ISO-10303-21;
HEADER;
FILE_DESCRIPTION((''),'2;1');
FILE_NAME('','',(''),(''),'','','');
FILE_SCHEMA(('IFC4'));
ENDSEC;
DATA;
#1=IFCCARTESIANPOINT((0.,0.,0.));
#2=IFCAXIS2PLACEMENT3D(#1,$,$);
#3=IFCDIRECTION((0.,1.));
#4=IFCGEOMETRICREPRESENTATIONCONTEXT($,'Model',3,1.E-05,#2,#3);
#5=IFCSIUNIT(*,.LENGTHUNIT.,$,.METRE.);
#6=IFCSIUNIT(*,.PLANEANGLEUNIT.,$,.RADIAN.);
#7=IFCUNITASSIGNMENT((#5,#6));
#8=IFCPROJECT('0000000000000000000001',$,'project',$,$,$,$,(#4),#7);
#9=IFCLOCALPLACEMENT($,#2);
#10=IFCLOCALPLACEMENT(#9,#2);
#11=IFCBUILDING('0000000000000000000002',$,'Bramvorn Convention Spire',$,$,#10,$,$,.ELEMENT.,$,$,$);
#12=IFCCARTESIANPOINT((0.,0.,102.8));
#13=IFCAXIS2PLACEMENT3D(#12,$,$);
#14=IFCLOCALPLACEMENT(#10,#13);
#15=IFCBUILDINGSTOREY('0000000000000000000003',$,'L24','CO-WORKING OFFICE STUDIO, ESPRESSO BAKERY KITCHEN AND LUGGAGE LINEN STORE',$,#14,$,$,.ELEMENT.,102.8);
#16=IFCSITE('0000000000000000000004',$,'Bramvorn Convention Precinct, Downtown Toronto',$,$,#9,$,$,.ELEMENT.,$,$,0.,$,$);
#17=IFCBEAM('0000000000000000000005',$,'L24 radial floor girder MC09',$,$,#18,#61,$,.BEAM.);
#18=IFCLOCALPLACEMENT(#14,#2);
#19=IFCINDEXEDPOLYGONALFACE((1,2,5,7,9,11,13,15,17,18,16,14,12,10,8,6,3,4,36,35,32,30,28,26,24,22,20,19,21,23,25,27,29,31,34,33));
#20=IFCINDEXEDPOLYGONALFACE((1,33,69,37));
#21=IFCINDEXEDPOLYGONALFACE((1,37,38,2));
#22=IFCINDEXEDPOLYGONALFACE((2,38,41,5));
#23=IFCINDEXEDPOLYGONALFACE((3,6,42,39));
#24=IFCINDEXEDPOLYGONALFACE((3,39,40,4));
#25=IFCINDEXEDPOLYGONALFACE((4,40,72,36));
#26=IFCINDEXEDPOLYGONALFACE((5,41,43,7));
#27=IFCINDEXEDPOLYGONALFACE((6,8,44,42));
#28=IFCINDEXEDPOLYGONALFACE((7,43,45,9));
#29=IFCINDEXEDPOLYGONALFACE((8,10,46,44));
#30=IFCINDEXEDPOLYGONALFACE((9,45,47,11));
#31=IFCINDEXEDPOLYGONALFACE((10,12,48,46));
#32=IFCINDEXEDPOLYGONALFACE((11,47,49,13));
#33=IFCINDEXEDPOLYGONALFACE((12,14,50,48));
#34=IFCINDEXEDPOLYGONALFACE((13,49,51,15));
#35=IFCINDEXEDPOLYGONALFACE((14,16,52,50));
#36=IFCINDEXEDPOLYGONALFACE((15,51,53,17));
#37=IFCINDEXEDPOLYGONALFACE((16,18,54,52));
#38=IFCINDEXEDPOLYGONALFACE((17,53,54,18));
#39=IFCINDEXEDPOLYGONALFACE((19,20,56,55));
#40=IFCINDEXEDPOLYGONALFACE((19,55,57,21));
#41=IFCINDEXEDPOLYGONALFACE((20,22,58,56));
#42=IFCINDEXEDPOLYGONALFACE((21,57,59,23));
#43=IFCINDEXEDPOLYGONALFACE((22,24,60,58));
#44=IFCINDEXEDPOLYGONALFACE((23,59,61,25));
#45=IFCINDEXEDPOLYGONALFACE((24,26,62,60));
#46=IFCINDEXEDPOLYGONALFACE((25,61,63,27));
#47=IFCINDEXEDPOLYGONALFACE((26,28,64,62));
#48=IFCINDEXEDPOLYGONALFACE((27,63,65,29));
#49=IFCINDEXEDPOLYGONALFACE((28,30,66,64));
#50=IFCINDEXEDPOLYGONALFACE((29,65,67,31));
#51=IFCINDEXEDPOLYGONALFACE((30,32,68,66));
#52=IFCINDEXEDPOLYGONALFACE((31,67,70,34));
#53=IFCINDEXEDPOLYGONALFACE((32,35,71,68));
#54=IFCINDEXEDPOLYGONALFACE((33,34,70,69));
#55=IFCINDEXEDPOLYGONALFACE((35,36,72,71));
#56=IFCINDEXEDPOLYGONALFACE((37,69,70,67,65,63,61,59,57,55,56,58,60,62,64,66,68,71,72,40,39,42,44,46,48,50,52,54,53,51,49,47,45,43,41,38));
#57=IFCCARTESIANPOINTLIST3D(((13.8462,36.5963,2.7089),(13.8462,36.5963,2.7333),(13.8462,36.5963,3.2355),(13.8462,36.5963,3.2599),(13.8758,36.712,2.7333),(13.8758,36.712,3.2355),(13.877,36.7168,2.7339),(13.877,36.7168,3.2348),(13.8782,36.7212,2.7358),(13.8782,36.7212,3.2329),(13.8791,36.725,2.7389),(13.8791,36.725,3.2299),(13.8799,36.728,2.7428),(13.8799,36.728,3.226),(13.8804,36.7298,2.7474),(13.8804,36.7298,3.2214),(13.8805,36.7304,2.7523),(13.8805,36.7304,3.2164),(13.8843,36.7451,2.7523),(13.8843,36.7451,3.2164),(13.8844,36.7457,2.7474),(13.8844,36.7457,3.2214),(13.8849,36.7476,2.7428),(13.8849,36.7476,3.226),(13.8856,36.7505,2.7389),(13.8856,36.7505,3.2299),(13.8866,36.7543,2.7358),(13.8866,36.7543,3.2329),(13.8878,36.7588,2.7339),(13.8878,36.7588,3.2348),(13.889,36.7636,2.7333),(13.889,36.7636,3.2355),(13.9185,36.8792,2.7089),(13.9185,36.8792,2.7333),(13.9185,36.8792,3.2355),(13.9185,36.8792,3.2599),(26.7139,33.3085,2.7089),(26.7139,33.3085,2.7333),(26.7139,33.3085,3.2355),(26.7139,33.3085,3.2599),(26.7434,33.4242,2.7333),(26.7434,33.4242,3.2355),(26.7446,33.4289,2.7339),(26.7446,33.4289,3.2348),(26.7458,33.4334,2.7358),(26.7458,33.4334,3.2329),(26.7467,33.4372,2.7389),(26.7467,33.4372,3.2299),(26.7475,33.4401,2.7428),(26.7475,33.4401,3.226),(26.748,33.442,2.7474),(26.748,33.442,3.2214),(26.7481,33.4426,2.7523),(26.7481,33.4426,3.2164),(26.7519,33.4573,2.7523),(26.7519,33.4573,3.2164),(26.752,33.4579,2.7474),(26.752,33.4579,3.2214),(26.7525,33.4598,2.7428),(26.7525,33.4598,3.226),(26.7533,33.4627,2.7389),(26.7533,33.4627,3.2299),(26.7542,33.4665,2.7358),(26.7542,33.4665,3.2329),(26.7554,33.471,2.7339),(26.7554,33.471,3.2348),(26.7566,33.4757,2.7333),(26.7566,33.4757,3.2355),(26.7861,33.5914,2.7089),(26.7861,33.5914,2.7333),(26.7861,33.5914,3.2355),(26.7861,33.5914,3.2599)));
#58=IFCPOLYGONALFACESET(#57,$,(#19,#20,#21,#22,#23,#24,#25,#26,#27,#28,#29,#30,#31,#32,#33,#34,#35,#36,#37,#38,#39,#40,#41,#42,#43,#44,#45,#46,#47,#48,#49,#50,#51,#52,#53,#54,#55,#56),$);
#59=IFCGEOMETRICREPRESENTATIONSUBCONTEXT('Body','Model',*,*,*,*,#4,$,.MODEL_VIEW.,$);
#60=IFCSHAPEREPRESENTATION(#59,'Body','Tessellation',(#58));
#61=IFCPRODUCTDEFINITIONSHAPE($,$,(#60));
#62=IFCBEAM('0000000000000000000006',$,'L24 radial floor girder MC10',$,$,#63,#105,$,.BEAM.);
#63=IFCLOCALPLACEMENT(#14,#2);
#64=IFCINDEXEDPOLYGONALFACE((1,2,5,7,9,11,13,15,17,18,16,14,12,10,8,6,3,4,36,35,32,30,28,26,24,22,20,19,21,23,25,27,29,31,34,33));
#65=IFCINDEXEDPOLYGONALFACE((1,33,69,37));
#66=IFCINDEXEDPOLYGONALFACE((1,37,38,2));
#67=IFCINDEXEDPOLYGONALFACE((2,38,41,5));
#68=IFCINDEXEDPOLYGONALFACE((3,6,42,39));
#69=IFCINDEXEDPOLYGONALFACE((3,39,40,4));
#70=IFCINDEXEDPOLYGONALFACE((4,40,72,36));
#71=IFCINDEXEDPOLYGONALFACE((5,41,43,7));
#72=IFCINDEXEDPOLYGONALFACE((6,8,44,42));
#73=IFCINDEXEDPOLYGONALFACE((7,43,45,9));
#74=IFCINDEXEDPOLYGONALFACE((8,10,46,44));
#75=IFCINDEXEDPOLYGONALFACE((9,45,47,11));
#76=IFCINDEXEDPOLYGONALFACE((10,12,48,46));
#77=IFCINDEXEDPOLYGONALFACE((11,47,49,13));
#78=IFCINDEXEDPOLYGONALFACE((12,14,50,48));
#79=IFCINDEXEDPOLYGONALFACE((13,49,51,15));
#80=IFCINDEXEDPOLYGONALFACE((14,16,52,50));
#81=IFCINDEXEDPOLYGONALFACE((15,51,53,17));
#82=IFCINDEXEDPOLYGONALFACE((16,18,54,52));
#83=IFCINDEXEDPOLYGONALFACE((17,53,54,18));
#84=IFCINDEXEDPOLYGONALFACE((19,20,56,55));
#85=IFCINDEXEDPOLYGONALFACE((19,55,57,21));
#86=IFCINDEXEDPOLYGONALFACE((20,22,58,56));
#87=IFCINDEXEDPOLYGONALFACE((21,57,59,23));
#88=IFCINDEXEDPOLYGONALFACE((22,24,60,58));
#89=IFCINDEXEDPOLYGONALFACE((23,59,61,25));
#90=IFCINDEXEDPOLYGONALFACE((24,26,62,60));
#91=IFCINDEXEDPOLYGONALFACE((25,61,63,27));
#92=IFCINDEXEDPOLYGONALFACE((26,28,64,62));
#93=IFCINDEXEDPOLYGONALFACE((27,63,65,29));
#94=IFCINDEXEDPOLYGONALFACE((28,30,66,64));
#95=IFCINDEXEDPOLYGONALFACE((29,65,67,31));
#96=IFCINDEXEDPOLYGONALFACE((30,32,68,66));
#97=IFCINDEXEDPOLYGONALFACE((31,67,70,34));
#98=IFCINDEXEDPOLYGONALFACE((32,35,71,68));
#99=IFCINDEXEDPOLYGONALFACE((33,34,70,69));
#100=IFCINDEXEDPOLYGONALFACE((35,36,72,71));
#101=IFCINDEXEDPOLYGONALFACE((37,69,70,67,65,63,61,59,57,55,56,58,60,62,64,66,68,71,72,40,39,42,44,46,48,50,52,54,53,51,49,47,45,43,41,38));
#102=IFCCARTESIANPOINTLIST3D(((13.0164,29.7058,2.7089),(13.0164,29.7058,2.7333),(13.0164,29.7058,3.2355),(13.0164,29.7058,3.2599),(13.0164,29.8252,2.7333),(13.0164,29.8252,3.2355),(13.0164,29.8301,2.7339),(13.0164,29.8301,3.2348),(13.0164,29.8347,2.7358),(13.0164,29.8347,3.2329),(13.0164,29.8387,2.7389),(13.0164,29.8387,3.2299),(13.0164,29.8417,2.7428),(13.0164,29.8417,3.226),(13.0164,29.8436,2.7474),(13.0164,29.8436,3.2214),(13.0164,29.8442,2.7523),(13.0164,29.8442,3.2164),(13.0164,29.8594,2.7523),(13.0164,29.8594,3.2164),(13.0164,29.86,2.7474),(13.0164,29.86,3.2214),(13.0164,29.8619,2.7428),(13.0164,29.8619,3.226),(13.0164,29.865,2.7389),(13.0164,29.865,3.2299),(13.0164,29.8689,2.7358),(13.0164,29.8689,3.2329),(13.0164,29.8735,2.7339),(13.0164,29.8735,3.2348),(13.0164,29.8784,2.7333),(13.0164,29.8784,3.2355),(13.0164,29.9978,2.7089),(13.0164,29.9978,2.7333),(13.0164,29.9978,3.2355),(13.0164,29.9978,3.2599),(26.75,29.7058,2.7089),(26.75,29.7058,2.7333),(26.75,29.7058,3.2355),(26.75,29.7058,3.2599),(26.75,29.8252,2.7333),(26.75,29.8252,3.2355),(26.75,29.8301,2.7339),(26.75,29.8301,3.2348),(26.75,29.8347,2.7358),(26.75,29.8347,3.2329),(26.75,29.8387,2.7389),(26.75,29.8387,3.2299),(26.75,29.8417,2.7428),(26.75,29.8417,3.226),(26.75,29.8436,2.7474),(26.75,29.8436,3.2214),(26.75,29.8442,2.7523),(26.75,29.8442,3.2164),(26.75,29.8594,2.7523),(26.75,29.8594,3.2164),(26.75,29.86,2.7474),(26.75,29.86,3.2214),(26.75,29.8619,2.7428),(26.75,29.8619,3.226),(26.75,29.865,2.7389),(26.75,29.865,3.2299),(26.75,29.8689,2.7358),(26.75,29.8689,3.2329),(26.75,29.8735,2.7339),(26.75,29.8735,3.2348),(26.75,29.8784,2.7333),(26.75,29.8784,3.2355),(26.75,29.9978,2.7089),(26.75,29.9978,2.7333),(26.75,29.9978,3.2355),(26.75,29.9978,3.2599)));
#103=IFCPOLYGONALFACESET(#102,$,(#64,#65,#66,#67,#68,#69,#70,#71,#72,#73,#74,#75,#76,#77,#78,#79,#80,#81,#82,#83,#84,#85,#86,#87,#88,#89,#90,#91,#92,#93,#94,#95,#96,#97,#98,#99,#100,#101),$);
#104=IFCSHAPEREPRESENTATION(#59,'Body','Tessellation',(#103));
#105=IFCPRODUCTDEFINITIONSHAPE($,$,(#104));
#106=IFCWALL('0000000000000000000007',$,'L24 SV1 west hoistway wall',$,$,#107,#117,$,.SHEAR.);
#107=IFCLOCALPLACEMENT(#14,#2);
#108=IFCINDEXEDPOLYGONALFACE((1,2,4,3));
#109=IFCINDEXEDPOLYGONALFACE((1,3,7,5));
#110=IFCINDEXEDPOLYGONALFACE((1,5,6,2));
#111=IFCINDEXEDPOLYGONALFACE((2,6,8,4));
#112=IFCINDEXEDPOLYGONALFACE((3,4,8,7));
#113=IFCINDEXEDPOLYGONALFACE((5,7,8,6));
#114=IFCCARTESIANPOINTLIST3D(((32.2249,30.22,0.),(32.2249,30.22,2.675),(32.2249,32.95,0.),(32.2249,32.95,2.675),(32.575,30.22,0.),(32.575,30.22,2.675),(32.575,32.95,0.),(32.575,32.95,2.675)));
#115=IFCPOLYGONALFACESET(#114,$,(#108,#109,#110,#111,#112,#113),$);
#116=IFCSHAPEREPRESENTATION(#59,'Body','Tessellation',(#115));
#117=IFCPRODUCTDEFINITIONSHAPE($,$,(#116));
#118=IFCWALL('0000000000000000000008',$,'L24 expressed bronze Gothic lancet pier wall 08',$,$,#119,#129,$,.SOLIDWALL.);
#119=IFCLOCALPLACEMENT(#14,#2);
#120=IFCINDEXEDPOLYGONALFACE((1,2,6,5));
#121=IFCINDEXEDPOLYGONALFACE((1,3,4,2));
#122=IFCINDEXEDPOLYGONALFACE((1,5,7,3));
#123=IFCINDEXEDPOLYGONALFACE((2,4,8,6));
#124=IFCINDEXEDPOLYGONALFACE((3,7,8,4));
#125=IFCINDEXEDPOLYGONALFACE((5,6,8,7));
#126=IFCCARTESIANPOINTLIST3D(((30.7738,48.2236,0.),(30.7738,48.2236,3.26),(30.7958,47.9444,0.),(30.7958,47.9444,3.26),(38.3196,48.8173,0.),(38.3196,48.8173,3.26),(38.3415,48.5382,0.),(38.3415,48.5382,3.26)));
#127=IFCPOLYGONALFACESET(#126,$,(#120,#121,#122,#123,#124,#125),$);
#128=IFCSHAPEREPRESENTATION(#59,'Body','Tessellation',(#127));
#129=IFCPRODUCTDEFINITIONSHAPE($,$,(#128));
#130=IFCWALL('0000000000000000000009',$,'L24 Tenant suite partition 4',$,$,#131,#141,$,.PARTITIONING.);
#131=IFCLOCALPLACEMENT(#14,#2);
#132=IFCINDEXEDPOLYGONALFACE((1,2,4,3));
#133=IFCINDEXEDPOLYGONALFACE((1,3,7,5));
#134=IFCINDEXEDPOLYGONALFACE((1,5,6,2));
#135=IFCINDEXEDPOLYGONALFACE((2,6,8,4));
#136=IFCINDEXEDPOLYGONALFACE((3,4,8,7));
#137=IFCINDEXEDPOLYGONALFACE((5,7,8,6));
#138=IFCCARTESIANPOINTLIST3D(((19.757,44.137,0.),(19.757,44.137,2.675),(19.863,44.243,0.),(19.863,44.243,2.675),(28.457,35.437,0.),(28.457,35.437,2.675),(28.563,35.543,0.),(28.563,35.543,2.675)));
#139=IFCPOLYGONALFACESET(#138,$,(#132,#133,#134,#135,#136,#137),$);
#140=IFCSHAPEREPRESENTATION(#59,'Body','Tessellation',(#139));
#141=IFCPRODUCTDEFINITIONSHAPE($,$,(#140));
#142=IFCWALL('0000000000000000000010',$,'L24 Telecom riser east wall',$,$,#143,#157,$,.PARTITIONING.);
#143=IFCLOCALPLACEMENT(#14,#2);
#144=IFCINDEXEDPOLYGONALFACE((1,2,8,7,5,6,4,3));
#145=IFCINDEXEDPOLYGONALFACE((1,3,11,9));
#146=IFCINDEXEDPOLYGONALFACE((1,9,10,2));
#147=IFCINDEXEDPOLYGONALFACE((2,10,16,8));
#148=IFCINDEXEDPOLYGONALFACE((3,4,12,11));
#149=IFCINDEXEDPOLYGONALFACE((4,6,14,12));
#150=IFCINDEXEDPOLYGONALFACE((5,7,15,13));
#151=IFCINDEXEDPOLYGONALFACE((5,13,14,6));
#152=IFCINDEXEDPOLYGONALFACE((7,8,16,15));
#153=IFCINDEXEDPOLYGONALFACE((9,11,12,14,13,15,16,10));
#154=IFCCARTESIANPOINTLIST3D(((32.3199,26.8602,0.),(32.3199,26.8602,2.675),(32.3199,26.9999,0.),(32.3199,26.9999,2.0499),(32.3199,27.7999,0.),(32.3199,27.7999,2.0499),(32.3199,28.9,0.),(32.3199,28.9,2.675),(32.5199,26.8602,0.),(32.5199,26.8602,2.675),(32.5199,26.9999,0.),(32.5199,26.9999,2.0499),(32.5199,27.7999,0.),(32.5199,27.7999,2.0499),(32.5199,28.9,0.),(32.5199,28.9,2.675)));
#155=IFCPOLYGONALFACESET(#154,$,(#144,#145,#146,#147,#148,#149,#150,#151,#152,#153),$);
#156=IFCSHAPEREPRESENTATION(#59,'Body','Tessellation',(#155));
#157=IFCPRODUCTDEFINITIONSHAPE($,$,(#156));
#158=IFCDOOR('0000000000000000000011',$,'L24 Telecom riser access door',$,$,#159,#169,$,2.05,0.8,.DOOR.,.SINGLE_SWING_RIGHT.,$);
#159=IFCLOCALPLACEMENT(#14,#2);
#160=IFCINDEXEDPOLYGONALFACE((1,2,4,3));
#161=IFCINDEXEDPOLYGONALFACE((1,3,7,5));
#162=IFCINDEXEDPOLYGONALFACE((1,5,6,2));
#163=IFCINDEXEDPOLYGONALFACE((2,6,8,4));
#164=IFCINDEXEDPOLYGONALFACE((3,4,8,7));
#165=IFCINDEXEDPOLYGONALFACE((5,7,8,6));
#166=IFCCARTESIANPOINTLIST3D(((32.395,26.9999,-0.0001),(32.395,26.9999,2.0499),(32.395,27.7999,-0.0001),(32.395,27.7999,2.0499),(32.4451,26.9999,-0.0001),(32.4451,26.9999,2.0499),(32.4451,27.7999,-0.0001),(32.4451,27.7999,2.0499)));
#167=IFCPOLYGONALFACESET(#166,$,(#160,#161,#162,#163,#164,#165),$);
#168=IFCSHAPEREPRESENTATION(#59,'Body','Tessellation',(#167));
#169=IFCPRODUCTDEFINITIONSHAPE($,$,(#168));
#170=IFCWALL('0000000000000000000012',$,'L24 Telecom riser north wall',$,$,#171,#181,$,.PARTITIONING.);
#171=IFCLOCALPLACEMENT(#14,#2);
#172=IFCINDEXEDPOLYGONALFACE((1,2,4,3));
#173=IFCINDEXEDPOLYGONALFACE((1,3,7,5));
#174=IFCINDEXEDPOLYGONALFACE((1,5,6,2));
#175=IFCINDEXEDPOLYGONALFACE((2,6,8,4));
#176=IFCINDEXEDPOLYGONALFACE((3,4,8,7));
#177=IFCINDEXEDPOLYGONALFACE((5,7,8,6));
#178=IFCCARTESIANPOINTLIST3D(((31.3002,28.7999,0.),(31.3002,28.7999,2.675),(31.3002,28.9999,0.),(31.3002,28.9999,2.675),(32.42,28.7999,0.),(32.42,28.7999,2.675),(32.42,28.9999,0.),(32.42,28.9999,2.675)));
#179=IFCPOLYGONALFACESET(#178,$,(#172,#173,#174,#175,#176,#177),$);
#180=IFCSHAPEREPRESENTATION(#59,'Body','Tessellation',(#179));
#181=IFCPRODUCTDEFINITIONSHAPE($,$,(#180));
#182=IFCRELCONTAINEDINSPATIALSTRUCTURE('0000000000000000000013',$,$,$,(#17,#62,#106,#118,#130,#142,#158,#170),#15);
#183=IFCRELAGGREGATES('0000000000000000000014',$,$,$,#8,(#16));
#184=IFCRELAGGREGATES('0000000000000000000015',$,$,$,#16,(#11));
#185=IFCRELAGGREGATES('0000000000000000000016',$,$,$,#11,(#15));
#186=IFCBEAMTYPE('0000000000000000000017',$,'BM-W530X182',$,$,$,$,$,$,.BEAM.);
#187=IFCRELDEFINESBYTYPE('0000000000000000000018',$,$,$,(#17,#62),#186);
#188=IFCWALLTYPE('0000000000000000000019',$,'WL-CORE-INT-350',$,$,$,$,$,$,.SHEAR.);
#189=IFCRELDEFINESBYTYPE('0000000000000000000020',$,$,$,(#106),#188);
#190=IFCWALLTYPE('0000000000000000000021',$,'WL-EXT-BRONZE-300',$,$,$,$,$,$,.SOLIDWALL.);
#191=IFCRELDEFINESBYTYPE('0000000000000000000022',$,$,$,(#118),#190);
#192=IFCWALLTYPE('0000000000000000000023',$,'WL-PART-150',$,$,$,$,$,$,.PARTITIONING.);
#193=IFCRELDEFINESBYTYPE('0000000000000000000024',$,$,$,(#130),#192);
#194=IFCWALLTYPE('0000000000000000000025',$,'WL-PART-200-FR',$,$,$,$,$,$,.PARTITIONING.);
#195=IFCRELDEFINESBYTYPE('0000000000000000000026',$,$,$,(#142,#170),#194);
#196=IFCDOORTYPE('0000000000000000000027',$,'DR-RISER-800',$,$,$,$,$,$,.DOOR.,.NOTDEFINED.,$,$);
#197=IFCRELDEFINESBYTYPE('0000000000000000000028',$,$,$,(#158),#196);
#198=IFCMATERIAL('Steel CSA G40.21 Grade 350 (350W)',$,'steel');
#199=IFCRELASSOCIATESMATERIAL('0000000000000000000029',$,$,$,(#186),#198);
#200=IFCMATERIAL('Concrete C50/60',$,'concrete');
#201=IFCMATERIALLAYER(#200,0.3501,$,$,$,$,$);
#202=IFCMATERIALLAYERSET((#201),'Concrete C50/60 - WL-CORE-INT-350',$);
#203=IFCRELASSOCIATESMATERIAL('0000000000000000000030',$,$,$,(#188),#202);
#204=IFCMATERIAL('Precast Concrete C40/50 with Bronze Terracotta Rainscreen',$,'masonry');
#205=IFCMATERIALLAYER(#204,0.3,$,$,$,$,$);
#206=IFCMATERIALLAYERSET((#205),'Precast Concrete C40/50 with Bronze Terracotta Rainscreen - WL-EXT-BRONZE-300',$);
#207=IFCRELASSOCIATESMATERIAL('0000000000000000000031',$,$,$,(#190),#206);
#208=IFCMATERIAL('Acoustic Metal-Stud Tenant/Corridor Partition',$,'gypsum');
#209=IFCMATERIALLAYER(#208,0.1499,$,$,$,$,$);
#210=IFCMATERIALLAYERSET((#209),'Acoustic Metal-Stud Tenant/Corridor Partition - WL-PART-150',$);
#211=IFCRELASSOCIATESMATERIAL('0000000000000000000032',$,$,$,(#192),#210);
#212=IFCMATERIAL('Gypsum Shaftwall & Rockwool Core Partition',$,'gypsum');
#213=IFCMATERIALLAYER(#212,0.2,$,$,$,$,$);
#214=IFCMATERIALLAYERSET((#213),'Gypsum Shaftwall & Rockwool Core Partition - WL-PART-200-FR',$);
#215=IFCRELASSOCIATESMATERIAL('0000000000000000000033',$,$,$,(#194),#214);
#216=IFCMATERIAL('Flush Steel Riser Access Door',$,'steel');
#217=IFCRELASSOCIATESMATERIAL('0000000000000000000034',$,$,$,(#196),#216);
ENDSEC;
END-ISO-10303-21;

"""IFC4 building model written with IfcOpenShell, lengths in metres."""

from ifc_helpers import new_model, si_unit, direction, frame, frame_2d, origin, origin_2d, place, context, subcontext, project, spatial, rectangle, i_section, extrude, material, layer, layer_set, material_profile, profile_set, type_object, element, fill, save


model = new_model("IFC4")

# Units and contexts
model_context = context("Model", 3, precision=1e-05, world=origin(), true_north=direction((0.0, 1.0)))
body_context = subcontext(model_context, "Body", "Model", "MODEL_VIEW")
ifc_project = project(units=[si_unit("LENGTHUNIT", "METRE"), si_unit("PLANEANGLEUNIT", "RADIAN")], contexts=[model_context])

# Site, building, storey
site_placement = place(None, origin())
site = spatial("IfcSite", under=ifc_project, at=site_placement, Name="Bramvorn Convention Precinct, Downtown Toronto", CompositionType="ELEMENT", RefElevation=0.0)
building_placement = place(site_placement, origin())
building = spatial("IfcBuilding", under=site, at=building_placement, Name="Bramvorn Convention Spire", CompositionType="ELEMENT")
storey_placement = place(building_placement, frame((0.0, 0.0, 102.8)))
storey = spatial("IfcBuildingStorey", under=building, at=storey_placement, Name="L24", Description="CO-WORKING OFFICE STUDIO, ESPRESSO BAKERY KITCHEN AND LUGGAGE LINEN STORE", CompositionType="ELEMENT", Elevation=102.8)

# Beams
ifc_material_1 = material(Name="Steel CSA G40.21 Grade 350 (350W)", Category="steel")
ifc_material_profile_1 = material_profile(ifc_material_1, i_section(OverallWidth=0.292, OverallDepth=0.551, WebThickness=0.0151, FlangeThickness=0.0244, FilletRadius=0.019, at=origin_2d()))
ifc_profile_set_1 = profile_set([ifc_material_profile_1], Name="Steel CSA G40.21 Grade 350 (350W) - W530X182")
beam_type_1 = type_object("IfcBeamType", Name="BM-W530X182", PredefinedType="BEAM", material=ifc_profile_set_1)
beam_1_placement = place(storey_placement, frame((26.75, 33.45, 2.9844), z_axis=(-0.968873, 0.247558, 0.0), x_axis=(-0.247558, -0.968873, 0.0)))
element("IfcBeam", 1, at=beam_1_placement, inside=storey, type_object=beam_type_1, Name="L24 radial floor girder MC09", PredefinedType="BEAM", context=body_context, shape_type="SweptSolid", body=[
    extrude(i_section(OverallWidth=0.292, OverallDepth=0.551, WebThickness=0.0151, FlangeThickness=0.0244, FilletRadius=0.019, at=origin_2d()), origin(), (0.0, 0.0, 1.0), 13.281),
])
beam_2_placement = place(storey_placement, frame((26.75, 29.8518, 2.9844), z_axis=(-1.0, 0.0, 0.0), x_axis=(0.0, -1.0, 0.0)))
element("IfcBeam", 2, at=beam_2_placement, inside=storey, type_object=beam_type_1, Name="L24 radial floor girder MC10", PredefinedType="BEAM", context=body_context, shape_type="SweptSolid", body=[
    extrude(i_section(OverallWidth=0.292, OverallDepth=0.551, WebThickness=0.0151, FlangeThickness=0.0244, FilletRadius=0.019, at=origin_2d()), origin(), (0.0, 0.0, 1.0), 13.7336),
])

# Shared definitions
ifc_material_2 = material(Name="Concrete C50/60", Category="concrete")
ifc_layer_1 = layer(ifc_material_2, 0.3501)
ifc_layer_set_1 = layer_set([ifc_layer_1], Name="Concrete C50/60 - WL-CORE-INT-350")
wall_type_1 = type_object("IfcWallType", Name="WL-CORE-INT-350", PredefinedType="SHEAR", material=ifc_layer_set_1)

# Walls
wall_1_placement = place(storey_placement, frame((32.3999, 30.22, 0.0), z_axis=(0.0, 0.0, 1.0), x_axis=(0.0, 1.0, 0.0)))
element("IfcWall", 3, at=wall_1_placement, inside=storey, type_object=wall_type_1, Name="L24 SV1 west hoistway wall", PredefinedType="SHEAR", context=body_context, shape_type="SweptSolid", body=[
    extrude(rectangle(XDim=2.73, YDim=0.3501, at=frame_2d((1.365, 0.0))), origin(), (0.0, 0.0, 1.0), 2.675),
])
ifc_material_3 = material(Name="Precast Concrete C40/50 with Bronze Terracotta Rainscreen", Category="masonry")
ifc_layer_2 = layer(ifc_material_3, 0.3)
ifc_layer_set_2 = layer_set([ifc_layer_2], Name="Precast Concrete C40/50 with Bronze Terracotta Rainscreen - WL-EXT-BRONZE-300")
wall_type_2 = type_object("IfcWallType", Name="WL-EXT-BRONZE-300", PredefinedType="SOLIDWALL", material=ifc_layer_set_2)
wall_2_placement = place(storey_placement, frame((30.7847, 48.084, 0.0), z_axis=(0.0, 0.0, 1.0), x_axis=(0.996918, 0.078445, 0.0)))
element("IfcWall", 4, at=wall_2_placement, inside=storey, type_object=wall_type_2, Name="L24 expressed bronze Gothic lancet pier wall 08", PredefinedType="SOLIDWALL", context=body_context, shape_type="SweptSolid", body=[
    extrude(rectangle(XDim=7.5691, YDim=0.28, at=frame_2d((3.7847, 0.0))), origin(), (0.0, 0.0, 1.0), 3.26),
])
ifc_material_4 = material(Name="Acoustic Metal-Stud Tenant/Corridor Partition", Category="gypsum")
ifc_layer_3 = layer(ifc_material_4, 0.1499)
ifc_layer_set_3 = layer_set([ifc_layer_3], Name="Acoustic Metal-Stud Tenant/Corridor Partition - WL-PART-150")
wall_type_3 = type_object("IfcWallType", Name="WL-PART-150", PredefinedType="PARTITIONING", material=ifc_layer_set_3)
wall_3_placement = place(storey_placement, frame((28.51, 35.49, 0.0), z_axis=(0.0, 0.0, 1.0), x_axis=(-0.707107, 0.707107, 0.0)))
element("IfcWall", 5, at=wall_3_placement, inside=storey, type_object=wall_type_3, Name="L24 Tenant suite partition 4", PredefinedType="PARTITIONING", context=body_context, shape_type="SweptSolid", body=[
    extrude(rectangle(XDim=12.3037, YDim=0.1499, at=frame_2d((6.1519, 0.0))), origin(), (0.0, 0.0, 1.0), 2.675),
])

# Wall, opening, door
ifc_material_5 = material(Name="Gypsum Shaftwall & Rockwool Core Partition", Category="gypsum")
ifc_layer_4 = layer(ifc_material_5, 0.2)
ifc_layer_set_4 = layer_set([ifc_layer_4], Name="Gypsum Shaftwall & Rockwool Core Partition - WL-PART-200-FR")
wall_type_4 = type_object("IfcWallType", Name="WL-PART-200-FR", PredefinedType="PARTITIONING", material=ifc_layer_set_4)
wall_4_placement = place(storey_placement, frame((32.4199, 26.8601, 0.0), z_axis=(0.0, 0.0, 1.0), x_axis=(0.0, 1.0, 0.0)))
wall_4 = element("IfcWall", 6, at=wall_4_placement, inside=storey, type_object=wall_type_4, Name="L24 Telecom riser east wall", PredefinedType="PARTITIONING", context=body_context, shape_type="SweptSolid", body=[
    extrude(rectangle(XDim=2.0398, YDim=0.2, at=frame_2d((1.02, 0.0))), origin(), (0.0, 0.0, 1.0), 2.675),
])
opening_1_placement = place(wall_4_placement, frame((0.1399, 0.0, 0.0)))
opening_1 = element("IfcOpeningElement", 7, at=opening_1_placement, cuts=wall_4, PredefinedType="OPENING", context=body_context, shape_type="SweptSolid", body=[
    extrude(rectangle(XDim=0.8, YDim=2.05, at=frame_2d((0.3999, 1.0249))), frame((0.0, 0.1099, 0.0), z_axis=(0.0, -1.0, 0.0), x_axis=(1.0, 0.0, 0.0)), (0.0, 0.0, 1.0), 0.22),
])
ifc_material_6 = material(Name="Flush Steel Riser Access Door", Category="steel")
door_type_1 = type_object("IfcDoorType", Name="DR-RISER-800", OperationType="NOTDEFINED", PredefinedType="DOOR", material=ifc_material_6)
door_1_placement = place(opening_1_placement, origin())
door_1 = element("IfcDoor", 8, at=door_1_placement, inside=storey, type_object=door_type_1, Name="L24 Telecom riser access door", OperationType="SINGLE_SWING_RIGHT", OverallHeight=2.05, OverallWidth=0.8, PredefinedType="DOOR", context=body_context, shape_type="SweptSolid", body=[
    extrude(rectangle(XDim=0.8, YDim=2.05, at=frame_2d((0.3999, 1.0249))), frame((0.0, 0.0249, 0.0), z_axis=(0.0, -1.0, 0.0), x_axis=(1.0, 0.0, 0.0)), (0.0, 0.0, 1.0), 0.05),
])
fill(opening_1, door_1)

# Wall
wall_5_placement = place(storey_placement, frame((31.3, 28.8999, 0.0), z_axis=(0.0, 0.0, 1.0), x_axis=(1.0, 0.0, 0.0)))
element("IfcWall", 9, at=wall_5_placement, inside=storey, type_object=wall_type_4, Name="L24 Telecom riser north wall", PredefinedType="PARTITIONING", context=body_context, shape_type="SweptSolid", body=[
    extrude(rectangle(XDim=1.1199, YDim=0.2, at=frame_2d((0.5601, 0.0))), origin(), (0.0, 0.0, 1.0), 2.675),
])

save(model, "model.ifc")
